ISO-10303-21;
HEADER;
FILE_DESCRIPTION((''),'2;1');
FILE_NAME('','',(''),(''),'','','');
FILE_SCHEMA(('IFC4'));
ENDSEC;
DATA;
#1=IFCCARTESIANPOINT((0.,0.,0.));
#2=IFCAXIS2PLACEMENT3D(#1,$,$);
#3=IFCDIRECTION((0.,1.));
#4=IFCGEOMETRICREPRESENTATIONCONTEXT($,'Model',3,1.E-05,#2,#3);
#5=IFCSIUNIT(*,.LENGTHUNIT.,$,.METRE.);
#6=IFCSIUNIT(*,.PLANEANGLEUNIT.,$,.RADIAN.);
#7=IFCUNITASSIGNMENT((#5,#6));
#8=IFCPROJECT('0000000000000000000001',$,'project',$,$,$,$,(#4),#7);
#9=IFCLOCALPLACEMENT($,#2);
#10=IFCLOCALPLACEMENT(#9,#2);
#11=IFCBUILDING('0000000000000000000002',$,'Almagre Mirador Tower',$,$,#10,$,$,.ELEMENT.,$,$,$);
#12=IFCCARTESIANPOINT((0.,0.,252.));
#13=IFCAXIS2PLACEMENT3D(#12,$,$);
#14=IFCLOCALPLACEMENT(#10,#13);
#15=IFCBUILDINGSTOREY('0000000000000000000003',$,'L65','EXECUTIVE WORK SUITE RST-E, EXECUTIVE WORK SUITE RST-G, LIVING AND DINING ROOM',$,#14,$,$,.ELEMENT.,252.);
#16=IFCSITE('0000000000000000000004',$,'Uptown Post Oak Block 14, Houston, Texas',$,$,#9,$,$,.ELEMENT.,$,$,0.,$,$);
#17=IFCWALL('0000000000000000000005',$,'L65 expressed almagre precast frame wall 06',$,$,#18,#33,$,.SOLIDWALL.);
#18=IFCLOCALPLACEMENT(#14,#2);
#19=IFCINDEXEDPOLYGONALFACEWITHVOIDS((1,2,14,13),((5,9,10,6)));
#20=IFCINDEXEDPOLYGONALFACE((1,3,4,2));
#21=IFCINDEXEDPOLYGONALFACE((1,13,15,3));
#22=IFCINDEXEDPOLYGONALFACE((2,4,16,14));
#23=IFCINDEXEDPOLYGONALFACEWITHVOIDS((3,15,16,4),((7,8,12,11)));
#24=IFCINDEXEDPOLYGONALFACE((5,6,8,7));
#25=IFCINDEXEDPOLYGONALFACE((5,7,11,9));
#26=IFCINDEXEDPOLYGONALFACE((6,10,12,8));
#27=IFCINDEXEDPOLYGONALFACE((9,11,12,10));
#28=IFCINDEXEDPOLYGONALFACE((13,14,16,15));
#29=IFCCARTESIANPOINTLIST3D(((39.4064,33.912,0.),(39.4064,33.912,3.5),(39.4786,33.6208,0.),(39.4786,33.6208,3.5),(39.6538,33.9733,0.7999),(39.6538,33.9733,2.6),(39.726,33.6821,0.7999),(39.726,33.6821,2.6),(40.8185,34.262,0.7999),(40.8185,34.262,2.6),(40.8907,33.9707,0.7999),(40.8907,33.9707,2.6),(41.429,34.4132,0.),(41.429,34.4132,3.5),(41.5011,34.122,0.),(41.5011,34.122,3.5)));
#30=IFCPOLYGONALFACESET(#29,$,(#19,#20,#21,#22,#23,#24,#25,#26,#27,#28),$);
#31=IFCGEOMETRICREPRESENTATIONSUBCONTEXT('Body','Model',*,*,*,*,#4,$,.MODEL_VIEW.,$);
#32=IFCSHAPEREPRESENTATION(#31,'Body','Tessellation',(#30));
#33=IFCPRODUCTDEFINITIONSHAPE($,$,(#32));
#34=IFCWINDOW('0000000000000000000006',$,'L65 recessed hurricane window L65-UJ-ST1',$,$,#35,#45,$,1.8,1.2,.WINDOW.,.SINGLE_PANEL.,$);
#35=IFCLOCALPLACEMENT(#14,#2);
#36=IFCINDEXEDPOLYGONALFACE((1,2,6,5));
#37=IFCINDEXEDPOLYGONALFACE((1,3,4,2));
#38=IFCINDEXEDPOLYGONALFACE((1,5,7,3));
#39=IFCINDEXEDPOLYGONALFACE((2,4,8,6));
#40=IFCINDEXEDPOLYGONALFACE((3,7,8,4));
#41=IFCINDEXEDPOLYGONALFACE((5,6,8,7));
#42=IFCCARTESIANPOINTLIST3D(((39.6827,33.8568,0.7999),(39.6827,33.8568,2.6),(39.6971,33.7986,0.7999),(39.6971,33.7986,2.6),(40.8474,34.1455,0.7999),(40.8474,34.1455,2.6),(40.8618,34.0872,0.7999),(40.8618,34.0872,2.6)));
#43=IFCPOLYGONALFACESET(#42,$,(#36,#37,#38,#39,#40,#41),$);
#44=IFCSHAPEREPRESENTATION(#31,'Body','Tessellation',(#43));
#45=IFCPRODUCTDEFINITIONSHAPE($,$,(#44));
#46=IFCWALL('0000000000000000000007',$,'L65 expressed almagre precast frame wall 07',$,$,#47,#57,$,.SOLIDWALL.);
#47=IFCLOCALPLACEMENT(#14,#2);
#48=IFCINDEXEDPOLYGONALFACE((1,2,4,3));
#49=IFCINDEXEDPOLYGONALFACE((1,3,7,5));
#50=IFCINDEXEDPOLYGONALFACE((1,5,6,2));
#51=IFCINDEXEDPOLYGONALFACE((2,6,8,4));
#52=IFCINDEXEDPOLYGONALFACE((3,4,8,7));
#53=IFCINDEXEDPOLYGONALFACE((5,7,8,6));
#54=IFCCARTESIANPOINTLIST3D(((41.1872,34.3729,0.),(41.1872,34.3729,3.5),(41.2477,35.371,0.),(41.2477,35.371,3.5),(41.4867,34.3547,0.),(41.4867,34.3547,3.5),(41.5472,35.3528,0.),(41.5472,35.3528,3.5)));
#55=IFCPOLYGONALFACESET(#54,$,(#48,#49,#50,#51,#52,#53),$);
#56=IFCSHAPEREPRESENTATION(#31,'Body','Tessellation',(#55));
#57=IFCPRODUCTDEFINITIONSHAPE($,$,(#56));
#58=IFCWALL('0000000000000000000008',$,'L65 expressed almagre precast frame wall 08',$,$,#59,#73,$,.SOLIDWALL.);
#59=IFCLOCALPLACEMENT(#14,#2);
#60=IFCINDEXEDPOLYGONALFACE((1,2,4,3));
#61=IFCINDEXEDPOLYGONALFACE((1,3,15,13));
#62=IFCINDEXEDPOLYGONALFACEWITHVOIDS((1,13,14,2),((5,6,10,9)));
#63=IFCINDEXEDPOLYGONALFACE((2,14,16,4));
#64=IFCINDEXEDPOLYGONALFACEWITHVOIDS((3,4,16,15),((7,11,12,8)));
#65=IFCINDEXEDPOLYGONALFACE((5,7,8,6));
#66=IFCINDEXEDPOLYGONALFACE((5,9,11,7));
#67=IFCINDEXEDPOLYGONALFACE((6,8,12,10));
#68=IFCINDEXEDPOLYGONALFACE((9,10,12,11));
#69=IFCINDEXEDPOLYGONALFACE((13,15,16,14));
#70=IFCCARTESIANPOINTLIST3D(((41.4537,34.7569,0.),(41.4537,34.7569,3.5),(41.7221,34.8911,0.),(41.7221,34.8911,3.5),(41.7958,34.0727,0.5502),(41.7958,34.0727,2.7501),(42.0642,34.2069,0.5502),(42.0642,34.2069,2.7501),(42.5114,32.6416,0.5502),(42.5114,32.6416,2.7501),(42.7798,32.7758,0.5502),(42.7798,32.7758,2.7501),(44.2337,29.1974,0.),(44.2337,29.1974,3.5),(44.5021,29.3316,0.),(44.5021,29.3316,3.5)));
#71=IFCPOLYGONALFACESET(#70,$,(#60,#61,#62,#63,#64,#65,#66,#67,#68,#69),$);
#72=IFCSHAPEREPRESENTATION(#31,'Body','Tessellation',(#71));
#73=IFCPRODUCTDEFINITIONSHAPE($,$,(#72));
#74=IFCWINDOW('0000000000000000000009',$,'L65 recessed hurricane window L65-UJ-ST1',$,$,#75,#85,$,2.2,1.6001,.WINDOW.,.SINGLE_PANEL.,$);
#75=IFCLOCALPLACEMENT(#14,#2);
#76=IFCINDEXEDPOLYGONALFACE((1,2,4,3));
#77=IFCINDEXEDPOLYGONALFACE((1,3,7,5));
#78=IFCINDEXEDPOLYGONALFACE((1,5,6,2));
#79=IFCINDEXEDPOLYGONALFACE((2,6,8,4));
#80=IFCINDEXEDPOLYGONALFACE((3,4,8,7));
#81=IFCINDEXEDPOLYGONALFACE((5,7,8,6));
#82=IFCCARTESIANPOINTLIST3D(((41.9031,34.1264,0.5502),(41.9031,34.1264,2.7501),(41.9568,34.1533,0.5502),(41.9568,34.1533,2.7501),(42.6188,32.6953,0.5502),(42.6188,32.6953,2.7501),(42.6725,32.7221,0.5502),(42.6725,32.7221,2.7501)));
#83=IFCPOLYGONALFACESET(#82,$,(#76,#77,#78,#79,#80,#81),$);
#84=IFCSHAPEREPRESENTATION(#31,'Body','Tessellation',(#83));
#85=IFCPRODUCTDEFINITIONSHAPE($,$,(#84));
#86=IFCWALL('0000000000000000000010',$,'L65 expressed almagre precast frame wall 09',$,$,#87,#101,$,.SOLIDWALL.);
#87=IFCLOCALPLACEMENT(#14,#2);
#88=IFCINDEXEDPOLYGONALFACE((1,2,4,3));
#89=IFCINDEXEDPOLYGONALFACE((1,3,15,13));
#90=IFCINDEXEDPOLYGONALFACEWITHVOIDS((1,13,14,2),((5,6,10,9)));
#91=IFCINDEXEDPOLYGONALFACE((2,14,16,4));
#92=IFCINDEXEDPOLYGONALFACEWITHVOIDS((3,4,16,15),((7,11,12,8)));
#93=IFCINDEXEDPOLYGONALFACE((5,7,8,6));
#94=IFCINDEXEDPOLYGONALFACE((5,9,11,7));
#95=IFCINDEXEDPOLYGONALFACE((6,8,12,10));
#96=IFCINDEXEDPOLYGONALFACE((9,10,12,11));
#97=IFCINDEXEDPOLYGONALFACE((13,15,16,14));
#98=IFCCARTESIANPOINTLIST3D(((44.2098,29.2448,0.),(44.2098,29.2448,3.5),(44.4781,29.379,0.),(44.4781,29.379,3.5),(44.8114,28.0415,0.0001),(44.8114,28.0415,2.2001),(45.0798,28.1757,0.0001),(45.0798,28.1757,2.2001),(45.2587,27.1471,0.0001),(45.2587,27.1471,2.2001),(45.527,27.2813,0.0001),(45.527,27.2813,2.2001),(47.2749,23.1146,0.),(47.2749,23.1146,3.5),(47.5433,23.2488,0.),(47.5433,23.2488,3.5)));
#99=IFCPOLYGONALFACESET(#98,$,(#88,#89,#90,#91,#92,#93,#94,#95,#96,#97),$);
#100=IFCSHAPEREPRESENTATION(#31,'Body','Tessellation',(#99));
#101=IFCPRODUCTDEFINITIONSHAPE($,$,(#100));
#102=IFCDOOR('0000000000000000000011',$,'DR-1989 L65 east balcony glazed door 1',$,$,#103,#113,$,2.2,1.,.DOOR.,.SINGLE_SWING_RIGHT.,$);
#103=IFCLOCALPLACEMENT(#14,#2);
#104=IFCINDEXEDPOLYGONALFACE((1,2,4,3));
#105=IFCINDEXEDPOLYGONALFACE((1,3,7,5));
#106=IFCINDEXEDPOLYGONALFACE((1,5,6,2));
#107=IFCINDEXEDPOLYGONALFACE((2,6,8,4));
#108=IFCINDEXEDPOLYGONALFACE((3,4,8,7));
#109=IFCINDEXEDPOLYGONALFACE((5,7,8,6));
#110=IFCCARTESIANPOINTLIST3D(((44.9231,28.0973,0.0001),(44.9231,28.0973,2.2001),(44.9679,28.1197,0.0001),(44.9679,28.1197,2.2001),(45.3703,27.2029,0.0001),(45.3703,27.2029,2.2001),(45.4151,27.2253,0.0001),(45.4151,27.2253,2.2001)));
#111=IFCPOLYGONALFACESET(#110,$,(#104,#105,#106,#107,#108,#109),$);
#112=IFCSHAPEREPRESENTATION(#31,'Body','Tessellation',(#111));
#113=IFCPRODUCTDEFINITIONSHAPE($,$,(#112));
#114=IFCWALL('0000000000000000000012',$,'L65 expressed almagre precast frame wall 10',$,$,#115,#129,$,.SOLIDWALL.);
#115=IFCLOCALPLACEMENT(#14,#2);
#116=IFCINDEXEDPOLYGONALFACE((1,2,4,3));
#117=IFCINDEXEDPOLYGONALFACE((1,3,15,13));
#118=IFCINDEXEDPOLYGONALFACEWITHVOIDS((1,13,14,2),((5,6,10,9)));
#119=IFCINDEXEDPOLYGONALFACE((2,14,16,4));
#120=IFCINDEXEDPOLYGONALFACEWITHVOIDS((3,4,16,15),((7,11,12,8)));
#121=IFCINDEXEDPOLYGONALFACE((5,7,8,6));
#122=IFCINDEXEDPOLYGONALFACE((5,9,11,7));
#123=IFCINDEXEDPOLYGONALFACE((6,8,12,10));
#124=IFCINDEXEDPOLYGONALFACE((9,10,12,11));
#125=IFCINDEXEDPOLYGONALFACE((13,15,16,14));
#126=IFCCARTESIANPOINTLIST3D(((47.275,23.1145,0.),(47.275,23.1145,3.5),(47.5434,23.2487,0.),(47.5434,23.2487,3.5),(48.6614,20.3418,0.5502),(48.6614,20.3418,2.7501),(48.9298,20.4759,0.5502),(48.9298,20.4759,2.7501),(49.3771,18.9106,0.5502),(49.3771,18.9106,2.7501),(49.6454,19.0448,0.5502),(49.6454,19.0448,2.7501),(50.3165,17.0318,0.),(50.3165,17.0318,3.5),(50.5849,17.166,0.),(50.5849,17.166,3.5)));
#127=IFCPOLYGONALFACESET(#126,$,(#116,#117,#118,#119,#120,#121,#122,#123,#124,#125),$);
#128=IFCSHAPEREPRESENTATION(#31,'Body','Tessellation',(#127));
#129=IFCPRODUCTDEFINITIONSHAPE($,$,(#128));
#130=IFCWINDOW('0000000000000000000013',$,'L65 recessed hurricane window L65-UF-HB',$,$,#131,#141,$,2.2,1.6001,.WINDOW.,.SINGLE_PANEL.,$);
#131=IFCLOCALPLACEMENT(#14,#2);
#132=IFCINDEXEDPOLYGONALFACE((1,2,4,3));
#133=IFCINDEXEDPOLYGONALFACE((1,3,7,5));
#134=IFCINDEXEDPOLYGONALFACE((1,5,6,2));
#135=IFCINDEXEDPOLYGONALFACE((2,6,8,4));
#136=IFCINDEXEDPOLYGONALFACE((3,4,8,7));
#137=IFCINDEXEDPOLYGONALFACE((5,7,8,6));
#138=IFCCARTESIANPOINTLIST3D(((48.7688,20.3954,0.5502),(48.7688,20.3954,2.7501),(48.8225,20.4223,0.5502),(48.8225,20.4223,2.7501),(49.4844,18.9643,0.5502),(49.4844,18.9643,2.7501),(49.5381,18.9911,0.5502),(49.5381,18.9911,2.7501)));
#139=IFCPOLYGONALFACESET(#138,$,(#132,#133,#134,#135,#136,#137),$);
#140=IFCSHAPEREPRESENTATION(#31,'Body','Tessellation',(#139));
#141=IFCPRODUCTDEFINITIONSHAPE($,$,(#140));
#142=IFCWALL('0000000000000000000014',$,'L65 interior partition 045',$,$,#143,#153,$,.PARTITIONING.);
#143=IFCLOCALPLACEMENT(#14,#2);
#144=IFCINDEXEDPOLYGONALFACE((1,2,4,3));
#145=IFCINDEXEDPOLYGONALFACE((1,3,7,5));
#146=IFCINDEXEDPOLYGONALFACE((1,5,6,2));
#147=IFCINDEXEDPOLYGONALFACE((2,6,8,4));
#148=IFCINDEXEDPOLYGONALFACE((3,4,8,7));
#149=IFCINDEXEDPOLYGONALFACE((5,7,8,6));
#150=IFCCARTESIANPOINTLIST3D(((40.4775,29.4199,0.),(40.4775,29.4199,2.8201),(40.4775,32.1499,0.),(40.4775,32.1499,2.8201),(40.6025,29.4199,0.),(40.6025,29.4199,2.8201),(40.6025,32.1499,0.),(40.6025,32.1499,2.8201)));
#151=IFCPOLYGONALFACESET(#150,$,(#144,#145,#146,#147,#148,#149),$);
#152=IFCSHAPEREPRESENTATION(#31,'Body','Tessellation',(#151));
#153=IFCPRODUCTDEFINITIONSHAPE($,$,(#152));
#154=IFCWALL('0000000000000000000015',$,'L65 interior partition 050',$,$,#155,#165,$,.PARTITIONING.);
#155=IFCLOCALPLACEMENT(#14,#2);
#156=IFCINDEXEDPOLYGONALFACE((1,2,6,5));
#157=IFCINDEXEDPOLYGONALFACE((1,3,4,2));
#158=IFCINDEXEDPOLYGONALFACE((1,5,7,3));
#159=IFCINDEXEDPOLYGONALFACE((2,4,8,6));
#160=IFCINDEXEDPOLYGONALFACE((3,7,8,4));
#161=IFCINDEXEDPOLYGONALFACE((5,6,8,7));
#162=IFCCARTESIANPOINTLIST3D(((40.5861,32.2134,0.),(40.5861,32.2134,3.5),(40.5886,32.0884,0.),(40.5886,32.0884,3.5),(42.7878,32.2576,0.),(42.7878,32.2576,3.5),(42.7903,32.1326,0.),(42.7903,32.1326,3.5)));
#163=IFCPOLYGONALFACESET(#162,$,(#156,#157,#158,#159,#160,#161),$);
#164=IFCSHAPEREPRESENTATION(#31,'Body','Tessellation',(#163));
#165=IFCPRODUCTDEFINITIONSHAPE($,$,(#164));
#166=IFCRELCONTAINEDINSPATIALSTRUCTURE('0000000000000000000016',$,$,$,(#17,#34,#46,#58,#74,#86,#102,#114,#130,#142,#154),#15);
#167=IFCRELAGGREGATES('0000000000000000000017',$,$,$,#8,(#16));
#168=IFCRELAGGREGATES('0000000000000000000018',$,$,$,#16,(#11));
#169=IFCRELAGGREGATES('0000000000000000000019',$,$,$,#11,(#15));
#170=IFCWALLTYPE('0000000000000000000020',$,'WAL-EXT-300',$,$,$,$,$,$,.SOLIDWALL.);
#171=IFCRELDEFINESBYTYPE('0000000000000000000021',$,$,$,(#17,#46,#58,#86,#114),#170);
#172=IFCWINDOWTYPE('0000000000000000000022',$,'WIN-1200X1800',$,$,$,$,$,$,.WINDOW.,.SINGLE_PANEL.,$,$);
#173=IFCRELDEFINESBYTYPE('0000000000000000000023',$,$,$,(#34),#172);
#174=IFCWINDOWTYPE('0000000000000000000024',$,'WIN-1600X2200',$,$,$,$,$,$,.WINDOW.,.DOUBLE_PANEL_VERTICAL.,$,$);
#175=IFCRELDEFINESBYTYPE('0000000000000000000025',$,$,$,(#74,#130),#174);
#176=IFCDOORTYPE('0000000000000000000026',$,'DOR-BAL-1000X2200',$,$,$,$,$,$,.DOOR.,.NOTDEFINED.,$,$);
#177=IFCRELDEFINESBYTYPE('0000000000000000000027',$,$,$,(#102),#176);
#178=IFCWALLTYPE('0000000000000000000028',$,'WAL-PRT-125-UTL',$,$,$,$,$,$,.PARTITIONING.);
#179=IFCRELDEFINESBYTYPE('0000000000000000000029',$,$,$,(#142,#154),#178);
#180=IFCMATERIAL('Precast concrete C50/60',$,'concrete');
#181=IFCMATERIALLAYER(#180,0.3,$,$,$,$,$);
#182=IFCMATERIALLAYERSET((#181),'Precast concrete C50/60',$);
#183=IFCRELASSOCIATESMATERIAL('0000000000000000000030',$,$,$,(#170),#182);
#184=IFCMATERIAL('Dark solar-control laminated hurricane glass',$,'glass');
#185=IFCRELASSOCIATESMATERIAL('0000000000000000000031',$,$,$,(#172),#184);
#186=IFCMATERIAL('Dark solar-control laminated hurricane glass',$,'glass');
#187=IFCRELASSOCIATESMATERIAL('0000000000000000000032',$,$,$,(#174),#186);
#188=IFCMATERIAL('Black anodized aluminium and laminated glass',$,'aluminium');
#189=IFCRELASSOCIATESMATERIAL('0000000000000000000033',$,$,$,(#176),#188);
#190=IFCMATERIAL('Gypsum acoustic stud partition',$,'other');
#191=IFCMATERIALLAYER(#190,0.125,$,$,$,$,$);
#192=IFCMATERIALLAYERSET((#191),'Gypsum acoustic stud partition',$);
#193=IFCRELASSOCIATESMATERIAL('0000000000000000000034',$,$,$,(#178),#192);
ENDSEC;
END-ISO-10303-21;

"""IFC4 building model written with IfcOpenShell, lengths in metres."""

from ifc_helpers import new_model, si_unit, direction, frame, frame_2d, origin, place, context, subcontext, project, spatial, rectangle, extrude, material, layer, layer_set, type_object, element, fill, save


model = new_model("IFC4")

# Units and contexts
model_context = context("Model", 3, precision=1e-05, world=origin(), true_north=direction((0.0, 1.0)))
body_context = subcontext(model_context, "Body", "Model", "MODEL_VIEW")
ifc_project = project(units=[si_unit("LENGTHUNIT", "METRE"), si_unit("PLANEANGLEUNIT", "RADIAN")], contexts=[model_context])

# Site, building, storey
site_placement = place(None, origin())
site = spatial("IfcSite", under=ifc_project, at=site_placement, Name="Uptown Post Oak Block 14, Houston, Texas", CompositionType="ELEMENT", RefElevation=0.0)
building_placement = place(site_placement, origin())
building = spatial("IfcBuilding", under=site, at=building_placement, Name="Almagre Mirador Tower", CompositionType="ELEMENT")
storey_placement = place(building_placement, frame((0.0, 0.0, 252.0)))
storey = spatial("IfcBuildingStorey", under=building, at=storey_placement, Name="L65", Description="EXECUTIVE WORK SUITE RST-E, EXECUTIVE WORK SUITE RST-G, LIVING AND DINING ROOM", CompositionType="ELEMENT", Elevation=252.0)

# Shared definitions
ifc_material_1 = material(Name="Precast concrete C50/60", Category="concrete")
ifc_layer_1 = layer(ifc_material_1, 0.3)
ifc_layer_set_1 = layer_set([ifc_layer_1], Name="Precast concrete C50/60")
wall_type_1 = type_object("IfcWallType", Name="WAL-EXT-300", PredefinedType="SOLIDWALL", material=ifc_layer_set_1)

# Wall, opening, window
ifc_material_2 = material(Name="Dark solar-control laminated hurricane glass", Category="glass")
window_type_1 = type_object("IfcWindowType", Name="WIN-1200X1800", PartitioningType="SINGLE_PANEL", PredefinedType="WINDOW", material=ifc_material_2)
wall_1_placement = place(storey_placement, frame((39.4424, 33.7664, 0.0), z_axis=(0.0, 0.0, 1.0), x_axis=(0.970637, 0.24055, 0.0)))
wall_1 = element("IfcWall", 1, at=wall_1_placement, inside=storey, type_object=wall_type_1, Name="L65 expressed almagre precast frame wall 06", PredefinedType="SOLIDWALL", context=body_context, shape_type="SweptSolid", body=[
    extrude(rectangle(XDim=2.0837, YDim=0.3, at=frame_2d((1.042, 0.0))), origin(), (0.0, 0.0, 1.0), 3.5),
])
opening_1_placement = place(wall_1_placement, frame((0.2549, 0.0, 0.8)))
opening_1 = element("IfcOpeningElement", 2, at=opening_1_placement, cuts=wall_1, PredefinedType="OPENING", context=body_context, shape_type="SweptSolid", body=[
    extrude(rectangle(XDim=1.2, YDim=1.8, at=frame_2d((0.6001, 0.8999))), frame((0.0, 0.1599, 0.0), z_axis=(0.0, -1.0, 0.0), x_axis=(1.0, 0.0, 0.0)), (0.0, 0.0, 1.0), 0.32),
])
window_1_placement = place(opening_1_placement, origin())
window_1 = element("IfcWindow", 3, at=window_1_placement, inside=storey, type_object=window_type_1, Name="L65 recessed hurricane window L65-UJ-ST1", OverallHeight=1.8, OverallWidth=1.2, PartitioningType="SINGLE_PANEL", PredefinedType="WINDOW", context=body_context, shape_type="SweptSolid", body=[
    extrude(rectangle(XDim=1.2, YDim=1.8, at=frame_2d((0.6001, 0.8999))), frame((0.0, 0.03, 0.0), z_axis=(0.0, -1.0, 0.0), x_axis=(1.0, 0.0, 0.0)), (0.0, 0.0, 1.0), 0.0601),
])
fill(opening_1, window_1)

# Wall
wall_2_placement = place(storey_placement, frame((41.3369, 34.3638, 0.0), z_axis=(0.0, 0.0, 1.0), x_axis=(0.060554, 0.998165, 0.0)))
element("IfcWall", 4, at=wall_2_placement, inside=storey, type_object=wall_type_1, Name="L65 expressed almagre precast frame wall 07", PredefinedType="SOLIDWALL", context=body_context, shape_type="SweptSolid", body=[
    extrude(rectangle(XDim=1.0, YDim=0.3, at=frame_2d((0.5, 0.0))), origin(), (0.0, 0.0, 1.0), 3.5),
])

# Wall, opening, window
wall_3_placement = place(storey_placement, frame((41.5879, 34.824, 0.0), z_axis=(0.0, 0.0, 1.0), x_axis=(0.447245, -0.894411, 0.0)))
wall_3 = element("IfcWall", 5, at=wall_3_placement, inside=storey, type_object=wall_type_1, Name="L65 expressed almagre precast frame wall 08", PredefinedType="SOLIDWALL", context=body_context, shape_type="SweptSolid", body=[
    extrude(rectangle(XDim=6.2158, YDim=0.3, at=frame_2d((3.1079, 0.0))), origin(), (0.0, 0.0, 1.0), 3.5),
])
opening_2_placement = place(wall_3_placement, frame((0.7649, 0.0, 0.55)))
opening_2 = element("IfcOpeningElement", 6, at=opening_2_placement, cuts=wall_3, PredefinedType="OPENING", context=body_context, shape_type="SweptSolid", body=[
    extrude(rectangle(XDim=1.6001, YDim=2.2, at=frame_2d((0.8, 1.1001))), frame((0.0, 0.1599, 0.0), z_axis=(0.0, -1.0, 0.0), x_axis=(1.0, 0.0, 0.0)), (0.0, 0.0, 1.0), 0.32),
])
ifc_material_3 = material(Name="Dark solar-control laminated hurricane glass", Category="glass")
window_type_2 = type_object("IfcWindowType", Name="WIN-1600X2200", PartitioningType="DOUBLE_PANEL_VERTICAL", PredefinedType="WINDOW", material=ifc_material_3)
window_2_placement = place(opening_2_placement, origin())
window_2 = element("IfcWindow", 7, at=window_2_placement, inside=storey, type_object=window_type_2, Name="L65 recessed hurricane window L65-UJ-ST1", OverallHeight=2.2, OverallWidth=1.6001, PartitioningType="SINGLE_PANEL", PredefinedType="WINDOW", context=body_context, shape_type="SweptSolid", body=[
    extrude(rectangle(XDim=1.6001, YDim=2.2, at=frame_2d((0.8, 1.1001))), frame((0.0, 0.03, 0.0), z_axis=(0.0, -1.0, 0.0), x_axis=(1.0, 0.0, 0.0)), (0.0, 0.0, 1.0), 0.0601),
])
fill(opening_2, window_2)

# Wall, opening, door
wall_4_placement = place(storey_placement, frame((44.344, 29.3118, 0.0), z_axis=(0.0, 0.0, 1.0), x_axis=(0.447228, -0.89442, 0.0)))
wall_4 = element("IfcWall", 8, at=wall_4_placement, inside=storey, type_object=wall_type_1, Name="L65 expressed almagre precast frame wall 09", PredefinedType="SOLIDWALL", context=body_context, shape_type="SweptSolid", body=[
    extrude(rectangle(XDim=6.8538, YDim=0.3, at=frame_2d((3.4268, 0.0))), origin(), (0.0, 0.0, 1.0), 3.5),
])
opening_3_placement = place(wall_4_placement, frame((1.3452, 0.0, 0.0)))
opening_3 = element("IfcOpeningElement", 9, at=opening_3_placement, cuts=wall_4, PredefinedType="OPENING", context=body_context, shape_type="SweptSolid", body=[
    extrude(rectangle(XDim=1.0, YDim=2.2, at=frame_2d((0.5, 1.1001))), frame((0.0, 0.1599, 0.0), z_axis=(0.0, -1.0, 0.0), x_axis=(1.0, 0.0, 0.0)), (0.0, 0.0, 1.0), 0.32),
])
ifc_material_4 = material(Name="Black anodized aluminium and laminated glass", Category="aluminium")
door_type = type_object("IfcDoorType", Name="DOR-BAL-1000X2200", OperationType="NOTDEFINED", PredefinedType="DOOR", material=ifc_material_4)
door_placement = place(opening_3_placement, origin())
door = element("IfcDoor", 10, at=door_placement, inside=storey, type_object=door_type, Name="DR-1989 L65 east balcony glazed door 1", OperationType="SINGLE_SWING_RIGHT", OverallHeight=2.2, OverallWidth=1.0, PredefinedType="DOOR", context=body_context, shape_type="SweptSolid", body=[
    extrude(rectangle(XDim=1.0, YDim=2.2, at=frame_2d((0.5, 1.1001))), frame((0.0, 0.0249, 0.0), z_axis=(0.0, -1.0, 0.0), x_axis=(1.0, 0.0, 0.0)), (0.0, 0.0, 1.0), 0.05),
])
fill(opening_3, door)

# Wall, opening, window
wall_5_placement = place(storey_placement, frame((47.4092, 23.1816, 0.0), z_axis=(0.0, 0.0, 1.0), x_axis=(0.447228, -0.89442, 0.0)))
wall_5 = element("IfcWall", 11, at=wall_5_placement, inside=storey, type_object=wall_type_1, Name="L65 expressed almagre precast frame wall 10", PredefinedType="SOLIDWALL", context=body_context, shape_type="SweptSolid", body=[
    extrude(rectangle(XDim=6.8008, YDim=0.3, at=frame_2d((3.4004, 0.0))), origin(), (0.0, 0.0, 1.0), 3.5),
])
opening_4_placement = place(wall_5_placement, frame((3.1001, 0.0, 0.55)))
opening_4 = element("IfcOpeningElement", 12, at=opening_4_placement, cuts=wall_5, PredefinedType="OPENING", context=body_context, shape_type="SweptSolid", body=[
    extrude(rectangle(XDim=1.6001, YDim=2.2, at=frame_2d((0.8, 1.1001))), frame((0.0, 0.1599, 0.0), z_axis=(0.0, -1.0, 0.0), x_axis=(1.0, 0.0, 0.0)), (0.0, 0.0, 1.0), 0.32),
])
window_3_placement = place(opening_4_placement, origin())
window_3 = element("IfcWindow", 13, at=window_3_placement, inside=storey, type_object=window_type_2, Name="L65 recessed hurricane window L65-UF-HB", OverallHeight=2.2, OverallWidth=1.6001, PartitioningType="SINGLE_PANEL", PredefinedType="WINDOW", context=body_context, shape_type="SweptSolid", body=[
    extrude(rectangle(XDim=1.6001, YDim=2.2, at=frame_2d((0.8, 1.1001))), frame((0.0, 0.03, 0.0), z_axis=(0.0, -1.0, 0.0), x_axis=(1.0, 0.0, 0.0)), (0.0, 0.0, 1.0), 0.0601),
])
fill(opening_4, window_3)

# Walls
ifc_material_5 = material(Name="Gypsum acoustic stud partition", Category="other")
ifc_layer_2 = layer(ifc_material_5, 0.125)
ifc_layer_set_2 = layer_set([ifc_layer_2], Name="Gypsum acoustic stud partition")
wall_type_2 = type_object("IfcWallType", Name="WAL-PRT-125-UTL", PredefinedType="PARTITIONING", material=ifc_layer_set_2)
wall_6_placement = place(storey_placement, frame((40.54, 29.4199, 0.0), z_axis=(0.0, 0.0, 1.0), x_axis=(0.0, 1.0, 0.0)))
element("IfcWall", 14, at=wall_6_placement, inside=storey, type_object=wall_type_2, Name="L65 interior partition 045", PredefinedType="PARTITIONING", context=body_context, shape_type="SweptSolid", body=[
    extrude(rectangle(XDim=2.73, YDim=0.125, at=frame_2d((1.365, 0.0))), origin(), (0.0, 0.0, 1.0), 2.8201),
])
wall_7_placement = place(storey_placement, frame((42.7891, 32.1951, 0.0), z_axis=(0.0, 0.0, 1.0), x_axis=(-0.999799, -0.020067, 0.0)))
element("IfcWall", 15, at=wall_7_placement, inside=storey, type_object=wall_type_2, Name="L65 interior partition 050", PredefinedType="PARTITIONING", context=body_context, shape_type="SweptSolid", body=[
    extrude(rectangle(XDim=2.2021, YDim=0.125, at=frame_2d((1.1011, 0.0))), origin(), (0.0, 0.0, 1.0), 3.5),
])

save(model, "model.ifc")
